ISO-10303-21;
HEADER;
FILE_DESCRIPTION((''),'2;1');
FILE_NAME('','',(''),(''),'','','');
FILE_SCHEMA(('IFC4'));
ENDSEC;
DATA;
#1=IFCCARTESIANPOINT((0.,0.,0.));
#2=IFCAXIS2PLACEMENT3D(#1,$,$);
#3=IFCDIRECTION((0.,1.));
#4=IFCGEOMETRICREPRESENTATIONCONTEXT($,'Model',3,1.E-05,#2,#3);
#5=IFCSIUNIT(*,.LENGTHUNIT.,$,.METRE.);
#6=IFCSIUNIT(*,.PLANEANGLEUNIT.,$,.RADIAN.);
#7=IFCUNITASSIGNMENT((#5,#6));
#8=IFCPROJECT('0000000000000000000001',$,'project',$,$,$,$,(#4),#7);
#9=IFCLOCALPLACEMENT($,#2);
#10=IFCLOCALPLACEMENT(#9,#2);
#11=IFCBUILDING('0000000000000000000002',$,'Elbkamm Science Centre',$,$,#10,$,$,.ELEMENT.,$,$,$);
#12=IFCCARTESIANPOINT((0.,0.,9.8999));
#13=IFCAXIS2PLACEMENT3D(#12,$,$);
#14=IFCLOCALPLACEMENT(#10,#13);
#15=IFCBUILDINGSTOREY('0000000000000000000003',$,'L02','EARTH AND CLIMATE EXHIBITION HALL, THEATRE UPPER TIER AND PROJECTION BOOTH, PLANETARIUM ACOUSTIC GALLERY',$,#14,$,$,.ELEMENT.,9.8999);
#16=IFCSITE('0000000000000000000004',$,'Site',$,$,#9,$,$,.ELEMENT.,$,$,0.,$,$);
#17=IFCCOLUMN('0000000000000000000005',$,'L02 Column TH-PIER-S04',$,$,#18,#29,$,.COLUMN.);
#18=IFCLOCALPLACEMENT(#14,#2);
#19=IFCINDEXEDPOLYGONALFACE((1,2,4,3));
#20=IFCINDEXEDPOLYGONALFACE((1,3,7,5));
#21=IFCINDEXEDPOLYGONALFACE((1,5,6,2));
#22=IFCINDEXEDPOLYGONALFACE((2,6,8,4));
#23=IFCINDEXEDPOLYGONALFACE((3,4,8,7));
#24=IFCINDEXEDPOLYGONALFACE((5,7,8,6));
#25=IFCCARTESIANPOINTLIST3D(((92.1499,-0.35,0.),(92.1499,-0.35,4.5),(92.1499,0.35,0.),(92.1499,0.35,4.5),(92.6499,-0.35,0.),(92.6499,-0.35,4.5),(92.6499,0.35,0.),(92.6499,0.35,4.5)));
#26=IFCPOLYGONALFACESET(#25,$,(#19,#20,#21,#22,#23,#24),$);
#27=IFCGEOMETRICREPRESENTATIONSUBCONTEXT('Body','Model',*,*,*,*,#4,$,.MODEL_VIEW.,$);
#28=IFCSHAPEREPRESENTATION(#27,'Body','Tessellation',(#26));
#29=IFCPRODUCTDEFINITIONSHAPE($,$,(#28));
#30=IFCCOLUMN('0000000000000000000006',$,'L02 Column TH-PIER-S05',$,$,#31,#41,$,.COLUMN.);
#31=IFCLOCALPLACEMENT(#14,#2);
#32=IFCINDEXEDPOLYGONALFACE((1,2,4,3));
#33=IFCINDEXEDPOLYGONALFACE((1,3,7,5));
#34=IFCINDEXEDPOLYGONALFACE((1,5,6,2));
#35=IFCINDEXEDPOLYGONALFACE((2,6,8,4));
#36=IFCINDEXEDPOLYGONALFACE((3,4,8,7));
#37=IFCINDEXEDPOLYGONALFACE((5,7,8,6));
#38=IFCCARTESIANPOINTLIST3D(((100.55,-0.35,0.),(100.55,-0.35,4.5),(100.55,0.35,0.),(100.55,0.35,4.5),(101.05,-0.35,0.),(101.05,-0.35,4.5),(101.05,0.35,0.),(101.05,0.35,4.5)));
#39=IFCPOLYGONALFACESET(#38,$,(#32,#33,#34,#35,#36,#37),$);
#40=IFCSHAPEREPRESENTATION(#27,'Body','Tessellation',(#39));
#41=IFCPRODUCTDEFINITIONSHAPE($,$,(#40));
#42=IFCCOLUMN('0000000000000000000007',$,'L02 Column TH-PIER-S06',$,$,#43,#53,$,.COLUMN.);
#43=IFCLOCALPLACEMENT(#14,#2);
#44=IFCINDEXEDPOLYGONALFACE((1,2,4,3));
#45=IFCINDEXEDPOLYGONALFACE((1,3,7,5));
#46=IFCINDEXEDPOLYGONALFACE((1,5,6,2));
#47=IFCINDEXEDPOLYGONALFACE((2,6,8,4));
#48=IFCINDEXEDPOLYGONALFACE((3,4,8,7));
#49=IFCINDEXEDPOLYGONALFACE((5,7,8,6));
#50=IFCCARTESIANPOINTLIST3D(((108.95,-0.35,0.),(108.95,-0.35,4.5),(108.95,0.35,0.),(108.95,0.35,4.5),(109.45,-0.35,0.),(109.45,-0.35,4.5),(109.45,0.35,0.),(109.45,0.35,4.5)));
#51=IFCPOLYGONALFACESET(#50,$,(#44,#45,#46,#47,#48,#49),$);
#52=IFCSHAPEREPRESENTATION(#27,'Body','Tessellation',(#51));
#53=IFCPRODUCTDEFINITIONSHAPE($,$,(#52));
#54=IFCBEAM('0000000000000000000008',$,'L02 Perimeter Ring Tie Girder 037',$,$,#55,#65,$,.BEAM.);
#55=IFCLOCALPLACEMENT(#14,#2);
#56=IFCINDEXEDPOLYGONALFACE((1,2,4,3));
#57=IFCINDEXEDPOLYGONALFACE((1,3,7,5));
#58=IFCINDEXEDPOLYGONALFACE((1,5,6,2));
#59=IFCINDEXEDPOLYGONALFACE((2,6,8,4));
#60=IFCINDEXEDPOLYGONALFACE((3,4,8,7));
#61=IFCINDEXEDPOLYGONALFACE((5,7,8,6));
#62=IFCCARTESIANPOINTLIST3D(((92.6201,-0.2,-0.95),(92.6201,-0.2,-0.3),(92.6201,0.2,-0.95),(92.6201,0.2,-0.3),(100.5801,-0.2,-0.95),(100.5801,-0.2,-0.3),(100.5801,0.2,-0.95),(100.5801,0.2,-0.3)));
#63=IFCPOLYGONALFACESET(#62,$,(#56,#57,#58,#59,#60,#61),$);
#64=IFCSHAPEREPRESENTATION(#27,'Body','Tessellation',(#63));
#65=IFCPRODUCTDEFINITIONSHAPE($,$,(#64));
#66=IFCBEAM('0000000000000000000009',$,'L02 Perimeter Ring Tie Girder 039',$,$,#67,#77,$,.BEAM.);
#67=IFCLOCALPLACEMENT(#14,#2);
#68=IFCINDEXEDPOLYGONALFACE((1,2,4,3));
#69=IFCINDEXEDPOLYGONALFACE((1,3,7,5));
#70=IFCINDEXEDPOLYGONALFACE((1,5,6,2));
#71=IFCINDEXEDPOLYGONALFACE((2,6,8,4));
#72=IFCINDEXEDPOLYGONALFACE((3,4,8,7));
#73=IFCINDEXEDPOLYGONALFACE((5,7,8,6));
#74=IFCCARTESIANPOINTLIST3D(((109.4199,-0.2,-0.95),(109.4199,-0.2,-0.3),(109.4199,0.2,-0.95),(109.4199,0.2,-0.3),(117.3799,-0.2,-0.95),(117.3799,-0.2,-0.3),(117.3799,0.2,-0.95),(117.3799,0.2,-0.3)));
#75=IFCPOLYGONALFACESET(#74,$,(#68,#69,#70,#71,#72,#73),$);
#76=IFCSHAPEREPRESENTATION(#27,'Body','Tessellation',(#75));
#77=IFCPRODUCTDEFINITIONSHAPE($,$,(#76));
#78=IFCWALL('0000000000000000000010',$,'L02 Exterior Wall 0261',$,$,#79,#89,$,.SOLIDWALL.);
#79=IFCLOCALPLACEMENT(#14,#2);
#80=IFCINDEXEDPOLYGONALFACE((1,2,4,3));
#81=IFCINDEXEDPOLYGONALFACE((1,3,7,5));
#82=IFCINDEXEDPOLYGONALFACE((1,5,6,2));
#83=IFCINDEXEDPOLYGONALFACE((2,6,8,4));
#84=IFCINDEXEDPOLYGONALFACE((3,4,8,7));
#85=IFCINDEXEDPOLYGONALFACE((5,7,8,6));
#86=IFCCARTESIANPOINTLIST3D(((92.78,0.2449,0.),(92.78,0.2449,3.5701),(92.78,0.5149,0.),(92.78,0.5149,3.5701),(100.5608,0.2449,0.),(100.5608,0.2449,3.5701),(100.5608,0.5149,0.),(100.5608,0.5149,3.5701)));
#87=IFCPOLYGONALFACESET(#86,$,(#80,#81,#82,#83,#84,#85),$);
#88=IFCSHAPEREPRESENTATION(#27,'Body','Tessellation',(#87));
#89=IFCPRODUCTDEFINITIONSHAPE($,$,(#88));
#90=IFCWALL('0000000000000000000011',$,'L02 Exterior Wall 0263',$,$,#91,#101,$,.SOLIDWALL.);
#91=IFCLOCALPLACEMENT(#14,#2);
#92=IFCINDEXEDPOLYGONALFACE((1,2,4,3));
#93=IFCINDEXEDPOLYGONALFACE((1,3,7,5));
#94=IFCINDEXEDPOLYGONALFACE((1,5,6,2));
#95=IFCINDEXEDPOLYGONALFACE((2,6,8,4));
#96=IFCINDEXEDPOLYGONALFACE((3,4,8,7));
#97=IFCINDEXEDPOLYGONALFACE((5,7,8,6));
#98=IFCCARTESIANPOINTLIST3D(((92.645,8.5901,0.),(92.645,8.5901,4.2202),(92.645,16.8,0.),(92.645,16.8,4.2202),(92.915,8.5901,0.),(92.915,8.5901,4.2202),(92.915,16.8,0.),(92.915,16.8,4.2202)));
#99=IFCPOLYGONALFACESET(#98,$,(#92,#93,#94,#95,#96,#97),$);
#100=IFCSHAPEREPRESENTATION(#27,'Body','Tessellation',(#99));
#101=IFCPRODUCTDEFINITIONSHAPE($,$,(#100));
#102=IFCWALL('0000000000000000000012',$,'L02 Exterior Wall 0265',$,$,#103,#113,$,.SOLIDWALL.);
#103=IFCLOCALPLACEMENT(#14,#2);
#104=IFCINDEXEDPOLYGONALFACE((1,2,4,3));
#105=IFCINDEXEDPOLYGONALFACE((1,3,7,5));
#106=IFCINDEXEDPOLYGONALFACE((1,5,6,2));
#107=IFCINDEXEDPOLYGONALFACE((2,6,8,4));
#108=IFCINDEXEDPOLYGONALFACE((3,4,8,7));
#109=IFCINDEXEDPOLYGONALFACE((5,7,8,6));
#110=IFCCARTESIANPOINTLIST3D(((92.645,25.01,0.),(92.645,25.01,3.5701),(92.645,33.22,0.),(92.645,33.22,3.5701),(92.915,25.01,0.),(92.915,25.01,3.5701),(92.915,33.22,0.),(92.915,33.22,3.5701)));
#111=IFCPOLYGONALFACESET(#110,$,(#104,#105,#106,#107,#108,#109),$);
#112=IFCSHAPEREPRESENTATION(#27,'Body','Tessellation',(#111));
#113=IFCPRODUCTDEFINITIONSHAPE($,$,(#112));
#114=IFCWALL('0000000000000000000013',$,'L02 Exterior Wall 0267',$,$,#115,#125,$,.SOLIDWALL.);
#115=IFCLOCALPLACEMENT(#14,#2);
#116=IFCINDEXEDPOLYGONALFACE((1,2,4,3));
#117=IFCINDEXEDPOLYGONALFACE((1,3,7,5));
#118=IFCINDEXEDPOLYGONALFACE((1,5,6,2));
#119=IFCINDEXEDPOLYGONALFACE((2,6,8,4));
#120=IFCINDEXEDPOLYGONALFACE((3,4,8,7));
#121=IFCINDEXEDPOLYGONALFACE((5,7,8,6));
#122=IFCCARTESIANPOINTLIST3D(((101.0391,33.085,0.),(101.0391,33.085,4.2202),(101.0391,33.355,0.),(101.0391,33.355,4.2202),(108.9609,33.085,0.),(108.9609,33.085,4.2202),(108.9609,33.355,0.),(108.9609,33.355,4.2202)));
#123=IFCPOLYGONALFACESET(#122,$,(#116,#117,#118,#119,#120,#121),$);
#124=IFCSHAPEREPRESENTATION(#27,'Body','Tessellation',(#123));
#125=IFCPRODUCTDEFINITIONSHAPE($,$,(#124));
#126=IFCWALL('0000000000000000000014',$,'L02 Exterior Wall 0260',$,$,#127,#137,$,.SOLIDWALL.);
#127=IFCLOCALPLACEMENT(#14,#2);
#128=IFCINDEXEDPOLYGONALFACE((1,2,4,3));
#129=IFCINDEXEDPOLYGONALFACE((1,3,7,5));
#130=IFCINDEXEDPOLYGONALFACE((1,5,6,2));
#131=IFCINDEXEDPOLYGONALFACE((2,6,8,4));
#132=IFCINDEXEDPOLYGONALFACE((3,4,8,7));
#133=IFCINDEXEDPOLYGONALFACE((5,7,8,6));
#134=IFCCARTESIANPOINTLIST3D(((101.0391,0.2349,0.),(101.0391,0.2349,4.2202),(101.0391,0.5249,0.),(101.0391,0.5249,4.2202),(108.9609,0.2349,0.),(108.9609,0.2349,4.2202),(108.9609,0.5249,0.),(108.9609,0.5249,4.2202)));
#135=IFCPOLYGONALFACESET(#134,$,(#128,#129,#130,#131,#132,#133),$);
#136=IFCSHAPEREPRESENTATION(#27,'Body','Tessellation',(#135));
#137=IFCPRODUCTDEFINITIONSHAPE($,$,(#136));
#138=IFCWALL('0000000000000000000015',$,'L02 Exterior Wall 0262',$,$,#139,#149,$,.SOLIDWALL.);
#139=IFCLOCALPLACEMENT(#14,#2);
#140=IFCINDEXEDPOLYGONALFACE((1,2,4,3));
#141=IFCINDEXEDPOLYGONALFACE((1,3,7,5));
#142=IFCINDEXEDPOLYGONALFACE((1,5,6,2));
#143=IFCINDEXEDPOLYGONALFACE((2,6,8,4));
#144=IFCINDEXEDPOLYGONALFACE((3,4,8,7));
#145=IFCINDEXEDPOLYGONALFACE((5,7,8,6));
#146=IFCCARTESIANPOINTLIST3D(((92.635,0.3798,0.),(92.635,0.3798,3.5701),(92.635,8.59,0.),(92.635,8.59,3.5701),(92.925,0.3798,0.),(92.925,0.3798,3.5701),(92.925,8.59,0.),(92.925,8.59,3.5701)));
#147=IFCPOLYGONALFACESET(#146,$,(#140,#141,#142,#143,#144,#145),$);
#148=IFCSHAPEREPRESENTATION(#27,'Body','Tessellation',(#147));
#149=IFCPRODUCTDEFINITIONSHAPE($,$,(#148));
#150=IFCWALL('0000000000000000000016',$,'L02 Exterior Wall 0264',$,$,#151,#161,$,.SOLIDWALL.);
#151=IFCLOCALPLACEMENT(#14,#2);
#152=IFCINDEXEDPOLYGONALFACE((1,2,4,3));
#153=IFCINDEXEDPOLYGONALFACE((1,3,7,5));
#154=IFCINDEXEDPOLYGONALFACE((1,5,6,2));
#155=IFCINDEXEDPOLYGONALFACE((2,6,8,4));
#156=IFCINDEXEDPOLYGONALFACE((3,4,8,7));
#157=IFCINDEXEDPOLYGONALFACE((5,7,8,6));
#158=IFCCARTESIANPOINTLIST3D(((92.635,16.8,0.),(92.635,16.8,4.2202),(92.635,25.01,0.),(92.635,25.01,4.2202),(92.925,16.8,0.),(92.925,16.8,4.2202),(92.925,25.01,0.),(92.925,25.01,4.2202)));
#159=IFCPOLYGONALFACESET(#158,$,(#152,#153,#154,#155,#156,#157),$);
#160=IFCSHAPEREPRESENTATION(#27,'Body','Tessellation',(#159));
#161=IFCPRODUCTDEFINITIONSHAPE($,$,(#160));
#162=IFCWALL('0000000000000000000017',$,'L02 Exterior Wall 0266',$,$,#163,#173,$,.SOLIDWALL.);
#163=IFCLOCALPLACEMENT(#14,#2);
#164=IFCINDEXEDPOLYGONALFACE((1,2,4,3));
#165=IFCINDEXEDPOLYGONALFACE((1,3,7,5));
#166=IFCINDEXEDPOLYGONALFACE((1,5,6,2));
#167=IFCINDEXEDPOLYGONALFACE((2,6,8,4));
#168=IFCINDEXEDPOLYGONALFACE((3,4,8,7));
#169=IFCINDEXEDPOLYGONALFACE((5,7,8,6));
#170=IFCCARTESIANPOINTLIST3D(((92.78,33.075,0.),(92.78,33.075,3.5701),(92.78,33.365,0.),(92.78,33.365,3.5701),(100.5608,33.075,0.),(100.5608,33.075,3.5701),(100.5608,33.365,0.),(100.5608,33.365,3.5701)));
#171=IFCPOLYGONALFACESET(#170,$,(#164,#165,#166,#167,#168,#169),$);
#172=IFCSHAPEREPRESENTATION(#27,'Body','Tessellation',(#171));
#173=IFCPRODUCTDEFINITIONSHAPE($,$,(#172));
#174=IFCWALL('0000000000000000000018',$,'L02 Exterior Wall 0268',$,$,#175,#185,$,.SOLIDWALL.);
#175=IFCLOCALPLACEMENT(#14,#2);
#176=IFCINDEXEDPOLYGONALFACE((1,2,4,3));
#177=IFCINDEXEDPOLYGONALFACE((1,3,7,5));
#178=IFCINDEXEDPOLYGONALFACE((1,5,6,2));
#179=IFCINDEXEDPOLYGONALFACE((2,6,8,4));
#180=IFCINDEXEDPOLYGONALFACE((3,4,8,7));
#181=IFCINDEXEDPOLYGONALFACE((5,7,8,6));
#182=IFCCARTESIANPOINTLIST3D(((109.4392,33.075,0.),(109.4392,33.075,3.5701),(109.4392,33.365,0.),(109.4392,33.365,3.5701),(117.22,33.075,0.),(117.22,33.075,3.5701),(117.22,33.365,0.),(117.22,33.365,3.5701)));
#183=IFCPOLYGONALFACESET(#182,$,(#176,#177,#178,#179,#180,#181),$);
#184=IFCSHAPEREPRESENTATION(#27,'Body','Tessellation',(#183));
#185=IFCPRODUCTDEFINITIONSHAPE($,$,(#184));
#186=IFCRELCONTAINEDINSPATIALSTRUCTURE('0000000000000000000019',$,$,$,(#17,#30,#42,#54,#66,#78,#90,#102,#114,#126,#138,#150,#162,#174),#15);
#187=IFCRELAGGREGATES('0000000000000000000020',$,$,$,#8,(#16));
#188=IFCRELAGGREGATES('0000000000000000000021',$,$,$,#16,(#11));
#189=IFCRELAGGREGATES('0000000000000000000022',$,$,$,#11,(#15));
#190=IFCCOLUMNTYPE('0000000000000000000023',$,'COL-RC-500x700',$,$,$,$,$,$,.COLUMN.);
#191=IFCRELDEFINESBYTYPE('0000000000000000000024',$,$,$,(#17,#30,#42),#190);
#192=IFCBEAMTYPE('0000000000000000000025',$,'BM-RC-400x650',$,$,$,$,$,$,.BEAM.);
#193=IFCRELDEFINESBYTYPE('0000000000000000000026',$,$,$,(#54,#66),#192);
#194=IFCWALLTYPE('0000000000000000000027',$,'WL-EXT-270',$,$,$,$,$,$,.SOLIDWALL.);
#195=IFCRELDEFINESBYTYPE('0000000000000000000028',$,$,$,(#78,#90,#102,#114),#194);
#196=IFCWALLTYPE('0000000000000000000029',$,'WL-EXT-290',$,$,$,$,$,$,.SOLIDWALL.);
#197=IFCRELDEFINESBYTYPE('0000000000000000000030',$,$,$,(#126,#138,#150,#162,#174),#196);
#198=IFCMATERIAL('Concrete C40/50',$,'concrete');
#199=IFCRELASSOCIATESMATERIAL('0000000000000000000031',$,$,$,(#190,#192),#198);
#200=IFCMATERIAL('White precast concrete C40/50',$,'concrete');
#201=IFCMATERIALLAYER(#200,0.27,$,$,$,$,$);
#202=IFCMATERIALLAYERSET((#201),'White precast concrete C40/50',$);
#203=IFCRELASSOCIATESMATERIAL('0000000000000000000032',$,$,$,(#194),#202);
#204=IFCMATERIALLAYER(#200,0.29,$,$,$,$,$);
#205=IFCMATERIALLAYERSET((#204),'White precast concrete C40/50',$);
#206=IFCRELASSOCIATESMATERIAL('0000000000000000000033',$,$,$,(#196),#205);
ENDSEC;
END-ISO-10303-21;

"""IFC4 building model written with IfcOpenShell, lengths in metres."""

from ifc_helpers import new_model, si_unit, direction, frame, frame_2d, origin, origin_2d, place, context, subcontext, project, spatial, rectangle, extrude, material, layer, layer_set, material_profile, profile_set, type_object, element, save


model = new_model("IFC4")

# Units and contexts
model_context = context("Model", 3, precision=1e-05, world=origin(), true_north=direction((0.0, 1.0)))
body_context = subcontext(model_context, "Body", "Model", "MODEL_VIEW")
ifc_project = project(units=[si_unit("LENGTHUNIT", "METRE"), si_unit("PLANEANGLEUNIT", "RADIAN")], contexts=[model_context])

# Site, building, storey
site_placement = place(None, origin())
site = spatial("IfcSite", under=ifc_project, at=site_placement, Name="Site", CompositionType="ELEMENT", RefElevation=0.0)
building_placement = place(site_placement, origin())
building = spatial("IfcBuilding", under=site, at=building_placement, Name="Elbkamm Science Centre", CompositionType="ELEMENT")
storey_placement = place(building_placement, frame((0.0, 0.0, 9.8999)))
storey = spatial("IfcBuildingStorey", under=building, at=storey_placement, Name="L02", Description="EARTH AND CLIMATE EXHIBITION HALL, THEATRE UPPER TIER AND PROJECTION BOOTH, PLANETARIUM ACOUSTIC GALLERY", CompositionType="ELEMENT", Elevation=9.8999)

# Columns
ifc_material_1 = material(Name="Concrete C40/50", Category="concrete")
ifc_material_profile_1 = material_profile(ifc_material_1, rectangle(XDim=0.5, YDim=0.7, at=origin_2d()), Name="RC 500x700")
ifc_profile_set_1 = profile_set([ifc_material_profile_1], Name="Concrete C40/50")
column_type = type_object("IfcColumnType", Name="COL-RC-500x700", PredefinedType="COLUMN", material=ifc_profile_set_1)
for number, where, z_axis, x_axis, name in (
    (1, (92.3999, 0.0, 0.0), (0.0, 0.0, 1.0), (1.0, 0.0, 0.0), "L02 Column TH-PIER-S04"),
    (2, (100.8, 0.0, 0.0), (0.0, 0.0, 1.0), (1.0, 0.0, 0.0), "L02 Column TH-PIER-S05"),
    (3, (109.2, 0.0, 0.0), (0.0, 0.0, 1.0), (1.0, 0.0, 0.0), "L02 Column TH-PIER-S06"),
):
    element("IfcColumn", number, at=place(storey_placement, frame(where, z_axis=z_axis, x_axis=x_axis)), inside=storey, type_object=column_type, Name=name, PredefinedType="COLUMN", context=body_context, shape_type="SweptSolid", body=[
        extrude(rectangle(XDim=0.5, YDim=0.7, at=origin_2d()), origin(), (0.0, 0.0, 1.0), 4.5),
    ])

# Beams
ifc_material_profile_2 = material_profile(ifc_material_1, rectangle(XDim=0.3999, YDim=0.6499, at=origin_2d()), Name="RC 400x650")
ifc_profile_set_2 = profile_set([ifc_material_profile_2], Name="Concrete C40/50")
beam_type = type_object("IfcBeamType", Name="BM-RC-400x650", PredefinedType="BEAM", material=ifc_profile_set_2)
for number, where, z_axis, x_axis, name in (
    (4, (92.6201, 0.0, -0.625), (1.0, 0.0, 0.0), (0.0, 1.0, 0.0), "L02 Perimeter Ring Tie Girder 037"),
    (5, (109.4199, 0.0, -0.625), (1.0, 0.0, 0.0), (0.0, 1.0, 0.0), "L02 Perimeter Ring Tie Girder 039"),
):
    element("IfcBeam", number, at=place(storey_placement, frame(where, z_axis=z_axis, x_axis=x_axis)), inside=storey, type_object=beam_type, Name=name, PredefinedType="BEAM", context=body_context, shape_type="SweptSolid", body=[
        extrude(rectangle(XDim=0.3999, YDim=0.6499, at=origin_2d()), origin(), (0.0, 0.0, 1.0), 7.96),
    ])

# Walls
ifc_material_2 = material(Name="White precast concrete C40/50", Category="concrete")
ifc_layer_1 = layer(ifc_material_2, 0.27)
ifc_layer_set_1 = layer_set([ifc_layer_1], Name="White precast concrete C40/50")
wall_type_1 = type_object("IfcWallType", Name="WL-EXT-270", PredefinedType="SOLIDWALL", material=ifc_layer_set_1)
wall_1_placement = place(storey_placement, frame((100.5608, 0.3799, 0.0), z_axis=(0.0, 0.0, 1.0), x_axis=(-1.0, 0.0, 0.0)))
element("IfcWall", 6, at=wall_1_placement, inside=storey, type_object=wall_type_1, Name="L02 Exterior Wall 0261", PredefinedType="SOLIDWALL", context=body_context, shape_type="SweptSolid", body=[
    extrude(rectangle(XDim=7.7808, YDim=0.27, at=frame_2d((3.8904, 0.0))), origin(), (0.0, 0.0, 1.0), 3.5701),
])
wall_2_placement = place(storey_placement, frame((92.78, 8.5901, 0.0), z_axis=(0.0, 0.0, 1.0), x_axis=(0.0, 1.0, 0.0)))
element("IfcWall", 7, at=wall_2_placement, inside=storey, type_object=wall_type_1, Name="L02 Exterior Wall 0263", PredefinedType="SOLIDWALL", context=body_context, shape_type="SweptSolid", body=[
    extrude(rectangle(XDim=8.21, YDim=0.27, at=frame_2d((4.105, 0.0))), origin(), (0.0, 0.0, 1.0), 4.2202),
])
wall_3_placement = place(storey_placement, frame((92.78, 25.01, 0.0), z_axis=(0.0, 0.0, 1.0), x_axis=(0.0, 1.0, 0.0)))
element("IfcWall", 8, at=wall_3_placement, inside=storey, type_object=wall_type_1, Name="L02 Exterior Wall 0265", PredefinedType="SOLIDWALL", context=body_context, shape_type="SweptSolid", body=[
    extrude(rectangle(XDim=8.21, YDim=0.27, at=frame_2d((4.105, 0.0))), origin(), (0.0, 0.0, 1.0), 3.5701),
])
wall_4_placement = place(storey_placement, frame((101.0391, 33.22, 0.0), z_axis=(0.0, 0.0, 1.0), x_axis=(1.0, 0.0, 0.0)))
element("IfcWall", 9, at=wall_4_placement, inside=storey, type_object=wall_type_1, Name="L02 Exterior Wall 0267", PredefinedType="SOLIDWALL", context=body_context, shape_type="SweptSolid", body=[
    extrude(rectangle(XDim=7.9219, YDim=0.27, at=frame_2d((3.9609, 0.0))), origin(), (0.0, 0.0, 1.0), 4.2202),
])
ifc_layer_2 = layer(ifc_material_2, 0.29)
ifc_layer_set_2 = layer_set([ifc_layer_2], Name="White precast concrete C40/50")
wall_type_2 = type_object("IfcWallType", Name="WL-EXT-290", PredefinedType="SOLIDWALL", material=ifc_layer_set_2)
wall_5_placement = place(storey_placement, frame((108.9609, 0.3799, 0.0), z_axis=(0.0, 0.0, 1.0), x_axis=(-1.0, 0.0, 0.0)))
element("IfcWall", 10, at=wall_5_placement, inside=storey, type_object=wall_type_2, Name="L02 Exterior Wall 0260", PredefinedType="SOLIDWALL", context=body_context, shape_type="SweptSolid", body=[
    extrude(rectangle(XDim=7.9219, YDim=0.29, at=frame_2d((3.9609, 0.0))), origin(), (0.0, 0.0, 1.0), 4.2202),
])
wall_6_placement = place(storey_placement, frame((92.78, 0.3799, 0.0), z_axis=(0.0, 0.0, 1.0), x_axis=(0.0, 1.0, 0.0)))
element("IfcWall", 11, at=wall_6_placement, inside=storey, type_object=wall_type_2, Name="L02 Exterior Wall 0262", PredefinedType="SOLIDWALL", context=body_context, shape_type="SweptSolid", body=[
    extrude(rectangle(XDim=8.2102, YDim=0.29, at=frame_2d((4.105, 0.0))), origin(), (0.0, 0.0, 1.0), 3.5701),
])
wall_7_placement = place(storey_placement, frame((92.78, 16.8, 0.0), z_axis=(0.0, 0.0, 1.0), x_axis=(0.0, 1.0, 0.0)))
element("IfcWall", 12, at=wall_7_placement, inside=storey, type_object=wall_type_2, Name="L02 Exterior Wall 0264", PredefinedType="SOLIDWALL", context=body_context, shape_type="SweptSolid", body=[
    extrude(rectangle(XDim=8.21, YDim=0.29, at=frame_2d((4.105, 0.0))), origin(), (0.0, 0.0, 1.0), 4.2202),
])
for number, where, z_axis, x_axis, name in (
    (13, (92.78, 33.22, 0.0), (0.0, 0.0, 1.0), (1.0, 0.0, 0.0), "L02 Exterior Wall 0266"),
    (14, (109.4392, 33.22, 0.0), (0.0, 0.0, 1.0), (1.0, 0.0, 0.0), "L02 Exterior Wall 0268"),
):
    element("IfcWall", number, at=place(storey_placement, frame(where, z_axis=z_axis, x_axis=x_axis)), inside=storey, type_object=wall_type_2, Name=name, PredefinedType="SOLIDWALL", context=body_context, shape_type="SweptSolid", body=[
        extrude(rectangle(XDim=7.7808, YDim=0.29, at=frame_2d((3.8904, 0.0))), origin(), (0.0, 0.0, 1.0), 3.5701),
    ])

save(model, "model.ifc")
